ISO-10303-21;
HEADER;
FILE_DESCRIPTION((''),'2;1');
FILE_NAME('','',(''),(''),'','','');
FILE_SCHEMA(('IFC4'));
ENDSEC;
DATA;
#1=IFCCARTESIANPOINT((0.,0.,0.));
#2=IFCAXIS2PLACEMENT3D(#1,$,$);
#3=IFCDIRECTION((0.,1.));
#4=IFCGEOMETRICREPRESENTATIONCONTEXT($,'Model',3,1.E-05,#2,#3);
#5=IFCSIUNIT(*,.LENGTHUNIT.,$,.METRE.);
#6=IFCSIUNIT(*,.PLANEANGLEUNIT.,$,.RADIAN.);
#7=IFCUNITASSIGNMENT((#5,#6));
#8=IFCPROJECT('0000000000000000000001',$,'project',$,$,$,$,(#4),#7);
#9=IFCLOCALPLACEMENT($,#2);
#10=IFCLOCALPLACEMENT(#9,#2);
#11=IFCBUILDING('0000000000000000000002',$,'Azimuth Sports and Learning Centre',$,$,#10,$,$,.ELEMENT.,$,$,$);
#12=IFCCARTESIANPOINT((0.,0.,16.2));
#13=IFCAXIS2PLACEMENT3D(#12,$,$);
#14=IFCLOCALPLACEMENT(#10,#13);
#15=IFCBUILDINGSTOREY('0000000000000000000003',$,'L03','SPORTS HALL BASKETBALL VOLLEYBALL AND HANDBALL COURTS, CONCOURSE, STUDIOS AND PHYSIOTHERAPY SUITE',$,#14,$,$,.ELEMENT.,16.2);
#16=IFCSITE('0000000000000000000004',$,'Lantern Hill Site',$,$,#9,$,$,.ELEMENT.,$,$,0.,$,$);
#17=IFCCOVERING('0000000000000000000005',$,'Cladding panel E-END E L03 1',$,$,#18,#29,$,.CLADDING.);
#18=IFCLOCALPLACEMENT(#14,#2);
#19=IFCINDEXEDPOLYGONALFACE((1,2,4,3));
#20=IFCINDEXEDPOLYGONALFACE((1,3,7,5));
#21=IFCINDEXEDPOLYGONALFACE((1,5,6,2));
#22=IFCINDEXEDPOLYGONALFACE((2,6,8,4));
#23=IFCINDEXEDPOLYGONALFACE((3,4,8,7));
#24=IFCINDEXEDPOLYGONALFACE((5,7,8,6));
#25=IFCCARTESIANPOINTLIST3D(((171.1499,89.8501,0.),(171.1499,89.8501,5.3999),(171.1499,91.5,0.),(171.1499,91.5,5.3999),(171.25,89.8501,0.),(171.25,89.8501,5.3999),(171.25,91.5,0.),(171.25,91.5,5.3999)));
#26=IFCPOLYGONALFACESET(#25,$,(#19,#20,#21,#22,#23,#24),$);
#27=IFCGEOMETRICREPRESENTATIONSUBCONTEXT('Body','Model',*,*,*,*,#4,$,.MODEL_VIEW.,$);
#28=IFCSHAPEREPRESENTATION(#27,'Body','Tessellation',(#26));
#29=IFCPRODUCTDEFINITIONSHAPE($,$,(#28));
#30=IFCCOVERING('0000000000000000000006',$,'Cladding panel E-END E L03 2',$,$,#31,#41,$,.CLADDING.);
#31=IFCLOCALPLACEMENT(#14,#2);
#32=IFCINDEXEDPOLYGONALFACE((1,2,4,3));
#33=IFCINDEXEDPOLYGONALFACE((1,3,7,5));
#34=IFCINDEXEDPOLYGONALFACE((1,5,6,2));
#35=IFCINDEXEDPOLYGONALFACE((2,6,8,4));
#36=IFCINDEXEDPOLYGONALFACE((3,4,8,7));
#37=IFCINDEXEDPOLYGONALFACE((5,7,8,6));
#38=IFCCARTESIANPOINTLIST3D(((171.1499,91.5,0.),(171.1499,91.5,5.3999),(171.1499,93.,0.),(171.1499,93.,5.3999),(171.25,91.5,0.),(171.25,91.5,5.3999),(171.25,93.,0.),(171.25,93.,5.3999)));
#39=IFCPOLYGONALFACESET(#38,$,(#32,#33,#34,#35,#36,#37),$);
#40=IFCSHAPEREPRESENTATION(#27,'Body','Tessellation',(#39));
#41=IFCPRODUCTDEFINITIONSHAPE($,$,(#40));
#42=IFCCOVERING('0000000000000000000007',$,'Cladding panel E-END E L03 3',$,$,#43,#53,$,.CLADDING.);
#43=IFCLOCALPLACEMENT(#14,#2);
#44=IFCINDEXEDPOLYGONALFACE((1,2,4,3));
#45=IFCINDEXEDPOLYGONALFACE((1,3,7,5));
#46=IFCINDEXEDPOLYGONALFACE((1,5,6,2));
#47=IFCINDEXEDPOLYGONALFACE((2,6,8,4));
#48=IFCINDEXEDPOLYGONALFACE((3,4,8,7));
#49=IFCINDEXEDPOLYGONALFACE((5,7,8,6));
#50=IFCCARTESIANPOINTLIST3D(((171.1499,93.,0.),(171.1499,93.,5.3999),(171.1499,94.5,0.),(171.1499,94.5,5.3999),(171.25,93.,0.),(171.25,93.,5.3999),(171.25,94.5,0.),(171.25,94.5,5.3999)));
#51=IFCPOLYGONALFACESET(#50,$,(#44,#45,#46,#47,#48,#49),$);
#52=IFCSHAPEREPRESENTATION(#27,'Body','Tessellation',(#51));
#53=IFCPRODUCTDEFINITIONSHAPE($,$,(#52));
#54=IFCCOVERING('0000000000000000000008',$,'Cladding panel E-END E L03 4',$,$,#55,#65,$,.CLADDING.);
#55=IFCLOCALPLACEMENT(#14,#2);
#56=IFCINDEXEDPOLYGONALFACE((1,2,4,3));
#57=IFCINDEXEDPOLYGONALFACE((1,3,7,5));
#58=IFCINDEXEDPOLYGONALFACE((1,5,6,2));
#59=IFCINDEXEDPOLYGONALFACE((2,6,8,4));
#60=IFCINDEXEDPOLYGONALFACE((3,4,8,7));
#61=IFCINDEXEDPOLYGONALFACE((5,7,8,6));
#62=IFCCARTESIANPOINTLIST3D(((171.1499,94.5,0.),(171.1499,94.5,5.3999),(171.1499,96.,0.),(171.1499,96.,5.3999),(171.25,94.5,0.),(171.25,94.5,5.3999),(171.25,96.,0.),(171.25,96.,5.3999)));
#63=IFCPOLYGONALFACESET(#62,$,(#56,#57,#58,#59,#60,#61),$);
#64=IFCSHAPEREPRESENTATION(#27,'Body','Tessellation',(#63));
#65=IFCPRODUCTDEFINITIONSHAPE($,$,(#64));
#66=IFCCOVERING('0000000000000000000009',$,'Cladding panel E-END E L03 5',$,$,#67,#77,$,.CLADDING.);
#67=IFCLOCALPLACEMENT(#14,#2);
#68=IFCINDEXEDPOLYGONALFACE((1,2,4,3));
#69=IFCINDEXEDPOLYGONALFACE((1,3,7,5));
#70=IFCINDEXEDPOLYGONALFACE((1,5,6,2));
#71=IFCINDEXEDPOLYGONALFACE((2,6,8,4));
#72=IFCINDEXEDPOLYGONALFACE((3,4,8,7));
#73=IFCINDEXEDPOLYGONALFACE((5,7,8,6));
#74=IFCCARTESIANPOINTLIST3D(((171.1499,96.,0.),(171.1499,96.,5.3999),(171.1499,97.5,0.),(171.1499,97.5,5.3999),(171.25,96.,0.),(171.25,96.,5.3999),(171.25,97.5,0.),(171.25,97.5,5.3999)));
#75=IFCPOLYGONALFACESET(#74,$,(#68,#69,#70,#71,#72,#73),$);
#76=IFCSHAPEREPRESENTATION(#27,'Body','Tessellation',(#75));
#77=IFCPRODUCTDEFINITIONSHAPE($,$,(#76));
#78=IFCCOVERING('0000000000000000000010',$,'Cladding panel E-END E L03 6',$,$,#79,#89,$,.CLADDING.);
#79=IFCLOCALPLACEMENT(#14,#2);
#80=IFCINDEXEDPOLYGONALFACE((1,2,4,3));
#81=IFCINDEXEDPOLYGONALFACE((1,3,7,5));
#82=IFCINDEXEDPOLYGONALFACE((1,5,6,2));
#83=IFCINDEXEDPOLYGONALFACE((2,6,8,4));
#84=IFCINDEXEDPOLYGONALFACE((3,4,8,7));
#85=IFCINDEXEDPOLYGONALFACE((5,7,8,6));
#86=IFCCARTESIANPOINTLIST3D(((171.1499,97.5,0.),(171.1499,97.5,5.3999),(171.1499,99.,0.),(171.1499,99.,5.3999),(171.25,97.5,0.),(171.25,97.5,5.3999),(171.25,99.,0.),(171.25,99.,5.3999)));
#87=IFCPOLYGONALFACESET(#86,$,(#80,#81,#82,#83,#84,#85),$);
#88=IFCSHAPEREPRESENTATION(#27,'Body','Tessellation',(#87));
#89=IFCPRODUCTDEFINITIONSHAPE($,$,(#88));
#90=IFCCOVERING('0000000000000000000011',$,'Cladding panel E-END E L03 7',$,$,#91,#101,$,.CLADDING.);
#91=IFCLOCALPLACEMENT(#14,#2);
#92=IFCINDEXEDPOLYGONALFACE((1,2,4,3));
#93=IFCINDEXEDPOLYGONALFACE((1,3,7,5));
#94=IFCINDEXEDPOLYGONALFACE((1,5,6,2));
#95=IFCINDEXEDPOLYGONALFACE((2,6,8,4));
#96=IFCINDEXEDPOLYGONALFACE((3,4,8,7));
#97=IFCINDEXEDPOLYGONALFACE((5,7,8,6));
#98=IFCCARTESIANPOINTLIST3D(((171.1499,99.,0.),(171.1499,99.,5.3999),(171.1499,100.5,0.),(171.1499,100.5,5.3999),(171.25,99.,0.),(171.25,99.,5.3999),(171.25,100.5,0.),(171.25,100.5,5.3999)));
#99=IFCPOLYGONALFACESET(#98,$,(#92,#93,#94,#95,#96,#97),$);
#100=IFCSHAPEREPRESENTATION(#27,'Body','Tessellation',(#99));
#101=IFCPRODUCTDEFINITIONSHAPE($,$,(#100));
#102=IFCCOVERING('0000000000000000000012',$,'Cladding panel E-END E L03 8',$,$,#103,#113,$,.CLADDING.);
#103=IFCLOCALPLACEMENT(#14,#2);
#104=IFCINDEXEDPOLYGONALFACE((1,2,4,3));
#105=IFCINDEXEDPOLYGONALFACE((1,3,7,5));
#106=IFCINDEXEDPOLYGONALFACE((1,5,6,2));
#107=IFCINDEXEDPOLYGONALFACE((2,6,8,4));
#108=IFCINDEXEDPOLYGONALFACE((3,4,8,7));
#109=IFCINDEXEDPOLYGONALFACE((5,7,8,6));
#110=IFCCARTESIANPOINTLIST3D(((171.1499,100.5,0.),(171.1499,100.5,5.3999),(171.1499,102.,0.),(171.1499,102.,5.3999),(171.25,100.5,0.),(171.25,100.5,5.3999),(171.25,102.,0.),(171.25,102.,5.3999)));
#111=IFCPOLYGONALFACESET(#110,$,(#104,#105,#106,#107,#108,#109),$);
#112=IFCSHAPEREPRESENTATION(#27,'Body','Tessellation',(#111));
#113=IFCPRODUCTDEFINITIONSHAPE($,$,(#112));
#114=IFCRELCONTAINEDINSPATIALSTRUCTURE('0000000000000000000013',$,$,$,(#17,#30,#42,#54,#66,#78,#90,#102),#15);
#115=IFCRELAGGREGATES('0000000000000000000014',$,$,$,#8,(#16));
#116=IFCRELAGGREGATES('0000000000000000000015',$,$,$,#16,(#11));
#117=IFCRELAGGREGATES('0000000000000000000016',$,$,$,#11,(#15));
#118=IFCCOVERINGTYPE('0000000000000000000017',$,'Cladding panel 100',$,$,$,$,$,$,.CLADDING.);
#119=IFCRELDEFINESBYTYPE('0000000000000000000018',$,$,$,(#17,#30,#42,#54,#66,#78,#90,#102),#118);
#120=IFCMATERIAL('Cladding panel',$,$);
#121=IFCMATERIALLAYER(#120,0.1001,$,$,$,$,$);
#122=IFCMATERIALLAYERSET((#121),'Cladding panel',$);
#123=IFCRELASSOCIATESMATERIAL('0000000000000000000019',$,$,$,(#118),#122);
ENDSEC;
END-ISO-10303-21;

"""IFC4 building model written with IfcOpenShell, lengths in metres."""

from ifc_helpers import new_model, si_unit, direction, frame, origin, origin_2d, place, context, subcontext, project, spatial, rectangle, extrude, material, layer, layer_set, type_object, element, save


model = new_model("IFC4")

# Units and contexts
model_context = context("Model", 3, precision=1e-05, world=origin(), true_north=direction((0.0, 1.0)))
body_context = subcontext(model_context, "Body", "Model", "MODEL_VIEW")
ifc_project = project(units=[si_unit("LENGTHUNIT", "METRE"), si_unit("PLANEANGLEUNIT", "RADIAN")], contexts=[model_context])

# Site, building, storey
site_placement = place(None, origin())
site = spatial("IfcSite", under=ifc_project, at=site_placement, Name="Lantern Hill Site", CompositionType="ELEMENT", RefElevation=0.0)
building_placement = place(site_placement, origin())
building = spatial("IfcBuilding", under=site, at=building_placement, Name="Azimuth Sports and Learning Centre", CompositionType="ELEMENT")
storey_placement = place(building_placement, frame((0.0, 0.0, 16.2)))
storey = spatial("IfcBuildingStorey", under=building, at=storey_placement, Name="L03", Description="SPORTS HALL BASKETBALL VOLLEYBALL AND HANDBALL COURTS, CONCOURSE, STUDIOS AND PHYSIOTHERAPY SUITE", CompositionType="ELEMENT", Elevation=16.2)

# Coverings
ifc_material_1 = material(Name="Cladding panel")
ifc_layer_1 = layer(ifc_material_1, 0.1001)
ifc_layer_set_1 = layer_set([ifc_layer_1], Name="Cladding panel")
covering_type = type_object("IfcCoveringType", Name="Cladding panel 100", PredefinedType="CLADDING", material=ifc_layer_set_1)
for number, where, z_axis, x_axis, name in (
    (1, (171.2, 90.675, 0.0), (0.0, 0.0, 1.0), (0.0, 1.0, 0.0), "Cladding panel E-END E L03 1"),
):
    element("IfcCovering", number, at=place(storey_placement, frame(where, z_axis=z_axis, x_axis=x_axis)), inside=storey, type_object=covering_type, Name=name, PredefinedType="CLADDING", context=body_context, shape_type="SweptSolid", body=[
        extrude(rectangle(XDim=1.6499, YDim=0.1001, at=origin_2d()), origin(), (0.0, 0.0, 1.0), 5.3999),
    ])
for number, where, z_axis, x_axis, name in (
    (2, (171.2, 92.25, 0.0), (0.0, 0.0, 1.0), (0.0, 1.0, 0.0), "Cladding panel E-END E L03 2"),
    (3, (171.2, 93.75, 0.0), (0.0, 0.0, 1.0), (0.0, 1.0, 0.0), "Cladding panel E-END E L03 3"),
    (4, (171.2, 95.25, 0.0), (0.0, 0.0, 1.0), (0.0, 1.0, 0.0), "Cladding panel E-END E L03 4"),
    (5, (171.2, 96.75, 0.0), (0.0, 0.0, 1.0), (0.0, 1.0, 0.0), "Cladding panel E-END E L03 5"),
    (6, (171.2, 98.25, 0.0), (0.0, 0.0, 1.0), (0.0, 1.0, 0.0), "Cladding panel E-END E L03 6"),
    (7, (171.2, 99.75, 0.0), (0.0, 0.0, 1.0), (0.0, 1.0, 0.0), "Cladding panel E-END E L03 7"),
    (8, (171.2, 101.25, 0.0), (0.0, 0.0, 1.0), (0.0, 1.0, 0.0), "Cladding panel E-END E L03 8"),
):
    element("IfcCovering", number, at=place(storey_placement, frame(where, z_axis=z_axis, x_axis=x_axis)), inside=storey, type_object=covering_type, Name=name, PredefinedType="CLADDING", context=body_context, shape_type="SweptSolid", body=[
        extrude(rectangle(XDim=1.5, YDim=0.1001, at=origin_2d()), origin(), (0.0, 0.0, 1.0), 5.3999),
    ])

save(model, "model.ifc")
